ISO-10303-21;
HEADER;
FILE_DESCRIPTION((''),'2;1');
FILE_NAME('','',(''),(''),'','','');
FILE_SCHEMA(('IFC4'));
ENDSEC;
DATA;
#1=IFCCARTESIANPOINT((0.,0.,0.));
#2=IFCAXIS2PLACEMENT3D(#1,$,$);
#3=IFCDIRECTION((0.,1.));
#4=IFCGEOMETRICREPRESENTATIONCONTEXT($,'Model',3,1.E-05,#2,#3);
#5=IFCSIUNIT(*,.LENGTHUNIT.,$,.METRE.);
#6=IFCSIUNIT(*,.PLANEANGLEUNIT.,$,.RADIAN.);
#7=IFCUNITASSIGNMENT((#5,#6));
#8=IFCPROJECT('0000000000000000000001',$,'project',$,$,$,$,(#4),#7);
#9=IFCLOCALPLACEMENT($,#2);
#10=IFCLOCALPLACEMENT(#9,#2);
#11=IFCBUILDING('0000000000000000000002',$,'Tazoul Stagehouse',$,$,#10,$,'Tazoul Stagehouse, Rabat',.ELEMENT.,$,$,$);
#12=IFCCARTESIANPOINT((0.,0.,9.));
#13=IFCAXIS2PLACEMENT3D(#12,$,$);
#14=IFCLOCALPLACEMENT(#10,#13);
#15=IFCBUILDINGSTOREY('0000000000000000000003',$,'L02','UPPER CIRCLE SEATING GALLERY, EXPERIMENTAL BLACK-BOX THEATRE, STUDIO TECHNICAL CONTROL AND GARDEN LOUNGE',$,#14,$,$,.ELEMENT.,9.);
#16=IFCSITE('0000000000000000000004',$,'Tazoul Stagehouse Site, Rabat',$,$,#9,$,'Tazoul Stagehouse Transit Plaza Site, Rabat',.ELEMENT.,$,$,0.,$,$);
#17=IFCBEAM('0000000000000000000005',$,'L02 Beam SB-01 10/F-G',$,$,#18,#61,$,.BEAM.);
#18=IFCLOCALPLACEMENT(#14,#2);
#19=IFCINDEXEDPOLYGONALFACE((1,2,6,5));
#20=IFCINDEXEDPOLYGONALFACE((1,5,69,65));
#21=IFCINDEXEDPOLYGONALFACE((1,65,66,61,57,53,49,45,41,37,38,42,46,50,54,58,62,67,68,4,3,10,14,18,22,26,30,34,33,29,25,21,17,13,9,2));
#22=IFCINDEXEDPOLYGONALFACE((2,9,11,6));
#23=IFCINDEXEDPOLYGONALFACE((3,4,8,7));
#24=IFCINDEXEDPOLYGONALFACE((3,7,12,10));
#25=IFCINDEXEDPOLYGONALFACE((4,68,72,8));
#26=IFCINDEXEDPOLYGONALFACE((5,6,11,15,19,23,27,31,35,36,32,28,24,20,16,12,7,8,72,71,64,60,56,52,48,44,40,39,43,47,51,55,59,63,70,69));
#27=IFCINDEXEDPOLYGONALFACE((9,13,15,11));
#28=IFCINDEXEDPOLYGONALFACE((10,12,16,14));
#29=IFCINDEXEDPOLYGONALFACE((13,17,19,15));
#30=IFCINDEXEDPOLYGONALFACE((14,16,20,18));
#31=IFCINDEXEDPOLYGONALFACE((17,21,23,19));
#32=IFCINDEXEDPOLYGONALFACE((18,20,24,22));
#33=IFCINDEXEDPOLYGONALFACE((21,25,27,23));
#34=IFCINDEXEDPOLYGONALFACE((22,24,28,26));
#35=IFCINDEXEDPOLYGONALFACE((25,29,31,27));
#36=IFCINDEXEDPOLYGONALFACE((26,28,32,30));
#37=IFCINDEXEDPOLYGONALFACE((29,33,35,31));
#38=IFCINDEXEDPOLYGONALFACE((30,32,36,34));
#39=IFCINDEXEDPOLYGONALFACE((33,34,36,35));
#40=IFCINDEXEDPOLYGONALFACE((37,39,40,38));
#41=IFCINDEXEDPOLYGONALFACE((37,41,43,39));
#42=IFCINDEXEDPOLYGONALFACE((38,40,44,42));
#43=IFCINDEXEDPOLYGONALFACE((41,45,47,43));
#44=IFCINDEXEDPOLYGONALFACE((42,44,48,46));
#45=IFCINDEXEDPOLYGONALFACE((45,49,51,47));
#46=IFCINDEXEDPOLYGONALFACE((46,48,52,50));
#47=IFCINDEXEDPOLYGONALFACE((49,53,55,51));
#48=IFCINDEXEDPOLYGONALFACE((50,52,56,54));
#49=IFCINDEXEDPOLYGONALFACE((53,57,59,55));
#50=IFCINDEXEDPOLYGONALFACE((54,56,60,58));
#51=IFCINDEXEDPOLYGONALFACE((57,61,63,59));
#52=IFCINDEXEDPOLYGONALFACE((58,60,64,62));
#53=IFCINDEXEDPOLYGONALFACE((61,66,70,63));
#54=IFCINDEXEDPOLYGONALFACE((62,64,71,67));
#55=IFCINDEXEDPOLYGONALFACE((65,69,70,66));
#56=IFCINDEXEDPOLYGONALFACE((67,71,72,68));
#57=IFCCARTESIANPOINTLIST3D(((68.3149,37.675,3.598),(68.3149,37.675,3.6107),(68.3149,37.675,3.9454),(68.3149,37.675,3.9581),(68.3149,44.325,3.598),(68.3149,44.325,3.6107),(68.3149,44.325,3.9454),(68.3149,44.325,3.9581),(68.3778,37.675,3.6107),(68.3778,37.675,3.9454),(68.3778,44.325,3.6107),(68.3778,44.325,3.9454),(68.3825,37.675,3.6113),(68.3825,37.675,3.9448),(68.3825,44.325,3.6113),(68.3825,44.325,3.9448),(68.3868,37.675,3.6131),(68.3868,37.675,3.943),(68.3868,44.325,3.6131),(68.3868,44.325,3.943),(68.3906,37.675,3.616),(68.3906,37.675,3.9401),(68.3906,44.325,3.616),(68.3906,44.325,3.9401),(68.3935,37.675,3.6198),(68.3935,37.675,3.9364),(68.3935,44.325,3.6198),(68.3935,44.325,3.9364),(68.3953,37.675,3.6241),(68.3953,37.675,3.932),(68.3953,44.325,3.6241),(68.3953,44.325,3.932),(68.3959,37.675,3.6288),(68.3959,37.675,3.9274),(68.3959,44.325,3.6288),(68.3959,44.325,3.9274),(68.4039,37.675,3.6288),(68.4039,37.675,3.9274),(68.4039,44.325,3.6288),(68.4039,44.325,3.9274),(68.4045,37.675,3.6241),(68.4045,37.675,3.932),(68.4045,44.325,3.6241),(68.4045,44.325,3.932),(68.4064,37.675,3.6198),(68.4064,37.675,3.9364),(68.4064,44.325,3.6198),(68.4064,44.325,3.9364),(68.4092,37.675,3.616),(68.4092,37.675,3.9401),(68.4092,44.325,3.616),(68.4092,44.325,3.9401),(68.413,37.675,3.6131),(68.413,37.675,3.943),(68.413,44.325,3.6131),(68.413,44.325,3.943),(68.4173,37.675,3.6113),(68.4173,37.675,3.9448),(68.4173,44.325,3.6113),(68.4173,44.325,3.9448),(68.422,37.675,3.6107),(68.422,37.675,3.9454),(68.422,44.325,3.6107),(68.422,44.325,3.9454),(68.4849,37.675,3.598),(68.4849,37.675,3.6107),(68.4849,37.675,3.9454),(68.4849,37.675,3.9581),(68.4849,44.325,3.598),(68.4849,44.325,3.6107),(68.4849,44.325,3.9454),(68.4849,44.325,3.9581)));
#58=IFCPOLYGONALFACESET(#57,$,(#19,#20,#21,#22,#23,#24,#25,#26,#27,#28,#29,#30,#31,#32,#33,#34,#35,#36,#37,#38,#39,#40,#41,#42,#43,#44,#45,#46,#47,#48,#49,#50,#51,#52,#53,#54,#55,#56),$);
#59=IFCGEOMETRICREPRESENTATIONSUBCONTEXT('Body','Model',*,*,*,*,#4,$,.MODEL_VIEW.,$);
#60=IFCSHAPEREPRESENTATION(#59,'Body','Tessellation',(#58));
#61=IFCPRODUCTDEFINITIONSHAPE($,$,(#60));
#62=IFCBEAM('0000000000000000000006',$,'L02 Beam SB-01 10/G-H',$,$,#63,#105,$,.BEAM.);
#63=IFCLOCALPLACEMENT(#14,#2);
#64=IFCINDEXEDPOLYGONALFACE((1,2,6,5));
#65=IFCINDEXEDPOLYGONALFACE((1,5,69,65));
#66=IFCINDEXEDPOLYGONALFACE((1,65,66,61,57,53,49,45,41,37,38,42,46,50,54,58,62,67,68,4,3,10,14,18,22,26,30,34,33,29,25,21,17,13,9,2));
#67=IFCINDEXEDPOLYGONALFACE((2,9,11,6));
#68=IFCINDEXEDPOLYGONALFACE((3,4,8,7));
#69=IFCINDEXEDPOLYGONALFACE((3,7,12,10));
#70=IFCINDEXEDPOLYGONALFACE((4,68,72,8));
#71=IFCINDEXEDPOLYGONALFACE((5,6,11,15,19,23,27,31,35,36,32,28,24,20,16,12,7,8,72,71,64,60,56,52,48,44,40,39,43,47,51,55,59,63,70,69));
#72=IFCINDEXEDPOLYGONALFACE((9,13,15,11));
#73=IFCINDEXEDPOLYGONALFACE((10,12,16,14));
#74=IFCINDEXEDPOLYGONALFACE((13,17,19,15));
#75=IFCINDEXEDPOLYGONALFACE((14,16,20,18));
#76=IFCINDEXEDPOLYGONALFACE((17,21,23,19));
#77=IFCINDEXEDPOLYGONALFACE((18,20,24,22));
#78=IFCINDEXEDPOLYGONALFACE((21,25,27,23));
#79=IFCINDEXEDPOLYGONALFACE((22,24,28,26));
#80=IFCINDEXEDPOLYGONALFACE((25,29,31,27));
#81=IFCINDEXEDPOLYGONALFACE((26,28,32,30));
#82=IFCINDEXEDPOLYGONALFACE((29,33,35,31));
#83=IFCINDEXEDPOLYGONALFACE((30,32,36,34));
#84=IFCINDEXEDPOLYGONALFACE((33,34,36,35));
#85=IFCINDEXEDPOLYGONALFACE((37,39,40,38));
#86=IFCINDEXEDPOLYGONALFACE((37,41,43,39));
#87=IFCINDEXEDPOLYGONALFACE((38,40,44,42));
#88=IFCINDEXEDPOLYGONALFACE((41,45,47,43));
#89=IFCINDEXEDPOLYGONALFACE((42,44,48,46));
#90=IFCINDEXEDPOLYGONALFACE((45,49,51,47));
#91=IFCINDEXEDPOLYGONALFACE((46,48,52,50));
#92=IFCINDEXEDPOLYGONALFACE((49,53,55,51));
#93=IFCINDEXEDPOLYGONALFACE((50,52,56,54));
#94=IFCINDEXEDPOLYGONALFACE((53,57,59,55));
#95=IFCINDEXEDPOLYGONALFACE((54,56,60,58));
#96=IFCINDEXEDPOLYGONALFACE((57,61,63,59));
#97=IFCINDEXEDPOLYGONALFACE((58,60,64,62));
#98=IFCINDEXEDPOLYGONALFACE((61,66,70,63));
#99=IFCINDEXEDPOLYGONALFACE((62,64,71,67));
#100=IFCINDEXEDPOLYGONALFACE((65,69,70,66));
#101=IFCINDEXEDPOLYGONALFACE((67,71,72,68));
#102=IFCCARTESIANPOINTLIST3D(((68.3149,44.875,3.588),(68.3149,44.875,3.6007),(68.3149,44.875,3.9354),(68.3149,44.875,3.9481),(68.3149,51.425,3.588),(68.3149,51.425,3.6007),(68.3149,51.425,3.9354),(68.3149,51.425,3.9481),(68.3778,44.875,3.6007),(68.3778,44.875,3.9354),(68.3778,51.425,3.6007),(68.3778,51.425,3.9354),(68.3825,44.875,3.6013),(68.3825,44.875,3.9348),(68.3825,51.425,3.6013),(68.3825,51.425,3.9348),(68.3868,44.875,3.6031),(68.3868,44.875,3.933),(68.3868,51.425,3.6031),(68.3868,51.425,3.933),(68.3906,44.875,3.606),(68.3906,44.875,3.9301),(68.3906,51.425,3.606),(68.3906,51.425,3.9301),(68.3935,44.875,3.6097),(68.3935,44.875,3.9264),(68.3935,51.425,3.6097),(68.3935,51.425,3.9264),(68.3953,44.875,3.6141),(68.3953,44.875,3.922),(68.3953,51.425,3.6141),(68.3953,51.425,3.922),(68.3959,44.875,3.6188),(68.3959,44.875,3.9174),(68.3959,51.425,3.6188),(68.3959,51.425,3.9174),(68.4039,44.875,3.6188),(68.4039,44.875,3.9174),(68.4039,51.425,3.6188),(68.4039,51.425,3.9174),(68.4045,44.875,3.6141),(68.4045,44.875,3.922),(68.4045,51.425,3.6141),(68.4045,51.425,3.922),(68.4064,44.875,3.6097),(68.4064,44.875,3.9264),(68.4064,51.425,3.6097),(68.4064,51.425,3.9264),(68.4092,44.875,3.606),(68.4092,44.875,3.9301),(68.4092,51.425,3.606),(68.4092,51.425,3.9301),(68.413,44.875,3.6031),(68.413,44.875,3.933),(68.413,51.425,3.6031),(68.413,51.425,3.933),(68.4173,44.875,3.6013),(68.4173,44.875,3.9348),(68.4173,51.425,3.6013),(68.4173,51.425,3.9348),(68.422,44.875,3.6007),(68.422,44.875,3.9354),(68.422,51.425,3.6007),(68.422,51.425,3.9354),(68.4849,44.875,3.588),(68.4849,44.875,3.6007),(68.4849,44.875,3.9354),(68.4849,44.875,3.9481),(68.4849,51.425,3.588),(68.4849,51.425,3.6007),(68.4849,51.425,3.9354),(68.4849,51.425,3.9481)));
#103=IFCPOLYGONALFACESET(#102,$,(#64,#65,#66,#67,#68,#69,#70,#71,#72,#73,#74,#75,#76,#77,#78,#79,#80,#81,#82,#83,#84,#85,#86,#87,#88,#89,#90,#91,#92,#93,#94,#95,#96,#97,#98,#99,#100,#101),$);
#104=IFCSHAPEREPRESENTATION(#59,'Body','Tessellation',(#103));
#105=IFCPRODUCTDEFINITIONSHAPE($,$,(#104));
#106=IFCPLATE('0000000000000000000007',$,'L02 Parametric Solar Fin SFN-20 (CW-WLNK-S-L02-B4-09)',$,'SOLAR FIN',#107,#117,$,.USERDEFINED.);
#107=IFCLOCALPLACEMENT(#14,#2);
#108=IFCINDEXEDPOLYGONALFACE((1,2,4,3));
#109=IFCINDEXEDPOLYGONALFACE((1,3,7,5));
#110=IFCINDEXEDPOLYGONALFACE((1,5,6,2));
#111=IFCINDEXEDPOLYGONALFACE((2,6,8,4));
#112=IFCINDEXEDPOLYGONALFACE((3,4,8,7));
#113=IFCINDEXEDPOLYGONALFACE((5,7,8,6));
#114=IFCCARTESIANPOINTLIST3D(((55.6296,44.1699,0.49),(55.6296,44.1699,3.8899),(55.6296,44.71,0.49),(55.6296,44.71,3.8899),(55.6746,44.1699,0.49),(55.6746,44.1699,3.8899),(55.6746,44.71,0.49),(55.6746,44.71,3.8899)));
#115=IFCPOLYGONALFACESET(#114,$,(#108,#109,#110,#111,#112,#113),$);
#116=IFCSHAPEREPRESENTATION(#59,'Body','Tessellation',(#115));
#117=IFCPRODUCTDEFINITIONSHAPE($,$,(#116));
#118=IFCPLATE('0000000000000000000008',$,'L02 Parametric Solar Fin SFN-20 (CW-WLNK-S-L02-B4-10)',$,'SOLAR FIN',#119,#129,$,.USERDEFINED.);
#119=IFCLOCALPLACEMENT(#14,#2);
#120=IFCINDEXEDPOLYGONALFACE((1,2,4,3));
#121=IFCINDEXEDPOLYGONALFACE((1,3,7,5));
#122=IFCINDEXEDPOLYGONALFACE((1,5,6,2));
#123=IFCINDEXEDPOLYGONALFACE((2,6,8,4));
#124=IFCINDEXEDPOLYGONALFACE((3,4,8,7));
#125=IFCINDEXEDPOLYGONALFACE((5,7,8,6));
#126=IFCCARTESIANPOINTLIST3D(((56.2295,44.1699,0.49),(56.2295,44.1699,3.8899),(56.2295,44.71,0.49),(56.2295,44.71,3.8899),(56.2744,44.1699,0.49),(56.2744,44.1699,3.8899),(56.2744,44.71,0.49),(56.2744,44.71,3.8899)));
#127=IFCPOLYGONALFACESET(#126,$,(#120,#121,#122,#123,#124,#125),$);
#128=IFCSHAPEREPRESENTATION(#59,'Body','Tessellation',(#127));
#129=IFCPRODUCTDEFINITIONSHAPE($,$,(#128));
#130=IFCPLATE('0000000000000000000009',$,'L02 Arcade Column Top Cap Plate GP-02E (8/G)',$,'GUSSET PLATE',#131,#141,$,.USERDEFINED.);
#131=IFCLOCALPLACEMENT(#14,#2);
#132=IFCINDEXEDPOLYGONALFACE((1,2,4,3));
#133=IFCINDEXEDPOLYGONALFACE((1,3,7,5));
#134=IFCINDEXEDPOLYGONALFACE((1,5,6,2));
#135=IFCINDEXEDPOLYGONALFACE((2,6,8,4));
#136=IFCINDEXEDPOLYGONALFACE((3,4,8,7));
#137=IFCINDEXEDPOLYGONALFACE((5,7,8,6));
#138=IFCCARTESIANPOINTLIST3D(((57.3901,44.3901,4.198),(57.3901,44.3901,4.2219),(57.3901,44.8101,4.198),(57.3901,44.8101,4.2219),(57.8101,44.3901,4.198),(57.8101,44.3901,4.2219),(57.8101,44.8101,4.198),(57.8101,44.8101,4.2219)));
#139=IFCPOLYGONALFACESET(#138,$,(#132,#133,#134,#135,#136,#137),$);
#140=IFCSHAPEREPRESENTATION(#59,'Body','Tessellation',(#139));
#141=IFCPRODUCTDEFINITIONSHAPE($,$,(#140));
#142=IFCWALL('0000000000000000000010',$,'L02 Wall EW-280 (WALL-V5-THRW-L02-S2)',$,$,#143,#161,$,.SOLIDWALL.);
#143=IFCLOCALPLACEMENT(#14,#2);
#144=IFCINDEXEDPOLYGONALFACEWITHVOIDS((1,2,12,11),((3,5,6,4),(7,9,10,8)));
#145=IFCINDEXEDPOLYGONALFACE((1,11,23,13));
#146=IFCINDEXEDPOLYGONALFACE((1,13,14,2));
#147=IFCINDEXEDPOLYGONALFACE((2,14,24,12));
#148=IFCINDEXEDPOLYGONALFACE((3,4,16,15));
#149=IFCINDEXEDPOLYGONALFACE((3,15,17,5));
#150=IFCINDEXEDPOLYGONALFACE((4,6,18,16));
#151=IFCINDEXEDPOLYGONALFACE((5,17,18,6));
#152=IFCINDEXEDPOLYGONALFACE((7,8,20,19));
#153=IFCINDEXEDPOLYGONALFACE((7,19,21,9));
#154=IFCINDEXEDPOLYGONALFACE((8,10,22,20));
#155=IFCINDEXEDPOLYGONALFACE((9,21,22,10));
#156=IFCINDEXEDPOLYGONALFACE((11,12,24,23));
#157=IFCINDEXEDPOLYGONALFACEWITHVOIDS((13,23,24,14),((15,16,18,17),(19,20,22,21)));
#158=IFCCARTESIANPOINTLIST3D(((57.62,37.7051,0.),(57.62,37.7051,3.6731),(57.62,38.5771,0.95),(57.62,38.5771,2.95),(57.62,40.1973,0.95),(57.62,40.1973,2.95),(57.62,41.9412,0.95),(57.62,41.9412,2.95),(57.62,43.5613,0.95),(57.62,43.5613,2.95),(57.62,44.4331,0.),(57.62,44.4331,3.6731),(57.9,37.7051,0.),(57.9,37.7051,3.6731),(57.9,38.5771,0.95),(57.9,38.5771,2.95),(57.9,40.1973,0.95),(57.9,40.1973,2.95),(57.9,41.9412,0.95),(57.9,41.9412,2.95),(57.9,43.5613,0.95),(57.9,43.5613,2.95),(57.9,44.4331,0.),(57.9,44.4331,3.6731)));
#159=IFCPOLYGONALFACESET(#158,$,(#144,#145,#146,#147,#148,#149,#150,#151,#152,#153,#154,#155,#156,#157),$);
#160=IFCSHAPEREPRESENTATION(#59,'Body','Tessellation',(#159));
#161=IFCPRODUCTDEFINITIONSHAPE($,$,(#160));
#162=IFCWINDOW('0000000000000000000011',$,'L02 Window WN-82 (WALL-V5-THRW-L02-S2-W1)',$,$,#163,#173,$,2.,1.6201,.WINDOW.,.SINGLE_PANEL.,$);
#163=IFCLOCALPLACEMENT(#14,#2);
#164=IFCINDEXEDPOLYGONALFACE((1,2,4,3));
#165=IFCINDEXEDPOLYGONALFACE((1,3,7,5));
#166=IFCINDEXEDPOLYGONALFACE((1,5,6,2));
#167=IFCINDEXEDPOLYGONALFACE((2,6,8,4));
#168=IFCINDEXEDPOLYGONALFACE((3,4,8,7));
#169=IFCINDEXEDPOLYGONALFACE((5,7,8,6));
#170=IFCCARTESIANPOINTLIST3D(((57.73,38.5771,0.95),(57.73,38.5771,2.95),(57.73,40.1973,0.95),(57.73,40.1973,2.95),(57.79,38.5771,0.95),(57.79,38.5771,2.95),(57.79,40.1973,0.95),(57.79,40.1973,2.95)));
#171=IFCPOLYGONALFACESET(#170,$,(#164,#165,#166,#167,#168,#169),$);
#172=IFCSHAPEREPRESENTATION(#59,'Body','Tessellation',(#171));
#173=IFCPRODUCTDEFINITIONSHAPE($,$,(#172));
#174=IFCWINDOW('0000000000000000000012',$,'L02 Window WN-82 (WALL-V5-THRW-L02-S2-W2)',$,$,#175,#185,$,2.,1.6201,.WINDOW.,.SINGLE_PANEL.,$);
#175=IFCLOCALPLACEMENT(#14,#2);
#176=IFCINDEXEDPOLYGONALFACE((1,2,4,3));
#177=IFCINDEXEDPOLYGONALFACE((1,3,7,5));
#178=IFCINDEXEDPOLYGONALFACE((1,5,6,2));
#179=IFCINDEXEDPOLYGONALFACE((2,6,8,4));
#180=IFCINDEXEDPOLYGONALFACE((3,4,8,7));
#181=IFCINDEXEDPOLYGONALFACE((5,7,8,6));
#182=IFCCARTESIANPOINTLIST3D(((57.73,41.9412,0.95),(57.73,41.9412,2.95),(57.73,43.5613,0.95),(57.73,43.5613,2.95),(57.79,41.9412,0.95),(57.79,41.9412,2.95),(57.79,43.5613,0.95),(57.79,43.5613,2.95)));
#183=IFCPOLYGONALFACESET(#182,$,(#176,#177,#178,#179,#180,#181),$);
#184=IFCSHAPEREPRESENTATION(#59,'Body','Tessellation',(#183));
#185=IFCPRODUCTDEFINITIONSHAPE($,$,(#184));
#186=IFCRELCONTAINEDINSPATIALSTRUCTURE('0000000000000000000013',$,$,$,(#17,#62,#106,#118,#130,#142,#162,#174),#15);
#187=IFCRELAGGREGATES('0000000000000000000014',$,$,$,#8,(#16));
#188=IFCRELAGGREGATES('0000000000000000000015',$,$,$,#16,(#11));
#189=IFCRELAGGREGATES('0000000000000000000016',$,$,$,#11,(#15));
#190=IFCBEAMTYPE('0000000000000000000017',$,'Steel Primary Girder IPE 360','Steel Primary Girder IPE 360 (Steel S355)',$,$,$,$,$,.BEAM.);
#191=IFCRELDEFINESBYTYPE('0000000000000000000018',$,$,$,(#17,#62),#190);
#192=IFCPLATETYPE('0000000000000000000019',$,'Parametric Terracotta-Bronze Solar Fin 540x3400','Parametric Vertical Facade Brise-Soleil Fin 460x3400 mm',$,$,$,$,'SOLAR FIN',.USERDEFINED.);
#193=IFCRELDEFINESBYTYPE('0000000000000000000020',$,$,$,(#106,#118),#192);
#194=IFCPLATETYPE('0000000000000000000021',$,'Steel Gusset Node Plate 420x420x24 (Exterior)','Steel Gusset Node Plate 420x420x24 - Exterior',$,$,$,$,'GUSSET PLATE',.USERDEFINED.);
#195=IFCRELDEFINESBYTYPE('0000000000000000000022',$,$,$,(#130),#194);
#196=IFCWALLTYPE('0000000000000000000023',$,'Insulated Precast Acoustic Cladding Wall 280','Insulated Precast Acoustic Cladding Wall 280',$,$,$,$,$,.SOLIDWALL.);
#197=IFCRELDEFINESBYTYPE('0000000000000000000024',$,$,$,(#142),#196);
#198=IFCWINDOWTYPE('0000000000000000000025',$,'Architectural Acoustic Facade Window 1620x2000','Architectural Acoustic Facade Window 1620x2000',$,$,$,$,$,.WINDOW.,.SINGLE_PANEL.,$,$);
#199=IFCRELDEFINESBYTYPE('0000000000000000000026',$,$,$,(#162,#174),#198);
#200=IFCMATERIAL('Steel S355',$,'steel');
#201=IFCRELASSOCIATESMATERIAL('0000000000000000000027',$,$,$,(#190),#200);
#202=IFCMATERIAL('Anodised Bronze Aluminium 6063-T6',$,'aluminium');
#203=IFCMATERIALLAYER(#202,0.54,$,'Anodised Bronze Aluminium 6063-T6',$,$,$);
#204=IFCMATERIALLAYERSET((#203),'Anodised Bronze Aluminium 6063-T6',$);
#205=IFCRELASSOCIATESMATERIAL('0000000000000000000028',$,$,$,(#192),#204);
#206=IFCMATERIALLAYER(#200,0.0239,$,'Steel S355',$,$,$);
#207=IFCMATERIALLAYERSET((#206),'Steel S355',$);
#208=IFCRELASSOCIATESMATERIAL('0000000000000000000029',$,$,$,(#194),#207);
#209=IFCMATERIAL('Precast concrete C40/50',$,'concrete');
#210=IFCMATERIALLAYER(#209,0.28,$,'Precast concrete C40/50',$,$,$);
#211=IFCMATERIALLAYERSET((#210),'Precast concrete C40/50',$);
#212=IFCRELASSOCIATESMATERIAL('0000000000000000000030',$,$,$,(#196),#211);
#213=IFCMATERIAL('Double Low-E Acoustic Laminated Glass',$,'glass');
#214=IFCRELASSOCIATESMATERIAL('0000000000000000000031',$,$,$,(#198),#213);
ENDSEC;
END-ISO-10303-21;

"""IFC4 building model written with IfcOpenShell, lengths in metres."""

from ifc_helpers import new_model, si_unit, direction, frame, frame_2d, origin, origin_2d, place, context, subcontext, project, spatial, rectangle, i_section, extrude, material, layer, layer_set, material_profile, profile_set, type_object, element, fill, save


model = new_model("IFC4")

# Units and contexts
model_context = context("Model", 3, precision=1e-05, world=origin(), true_north=direction((0.0, 1.0)))
body_context = subcontext(model_context, "Body", "Model", "MODEL_VIEW")
ifc_project = project(units=[si_unit("LENGTHUNIT", "METRE"), si_unit("PLANEANGLEUNIT", "RADIAN")], contexts=[model_context])

# Site, building, storey
site_placement = place(None, origin())
site = spatial("IfcSite", under=ifc_project, at=site_placement, Name="Tazoul Stagehouse Site, Rabat", LongName="Tazoul Stagehouse Transit Plaza Site, Rabat", CompositionType="ELEMENT", RefElevation=0.0)
building_placement = place(site_placement, origin())
building = spatial("IfcBuilding", under=site, at=building_placement, Name="Tazoul Stagehouse", LongName="Tazoul Stagehouse, Rabat", CompositionType="ELEMENT")
storey_placement = place(building_placement, frame((0.0, 0.0, 9.0)))
storey = spatial("IfcBuildingStorey", under=building, at=storey_placement, Name="L02", Description="UPPER CIRCLE SEATING GALLERY, EXPERIMENTAL BLACK-BOX THEATRE, STUDIO TECHNICAL CONTROL AND GARDEN LOUNGE", CompositionType="ELEMENT", Elevation=9.0)

# Shared definitions
ifc_material_1 = material(Name="Steel S355", Category="steel")

# Beams
ifc_material_profile_1 = material_profile(ifc_material_1, i_section(OverallWidth=0.1699, OverallDepth=0.3601, WebThickness=0.0081, FlangeThickness=0.0127, FilletRadius=0.0181, at=origin_2d()), Name="IPE 360")
ifc_profile_set_1 = profile_set([ifc_material_profile_1], Name="Steel S355")
beam_type_1 = type_object("IfcBeamType", Name="Steel Primary Girder IPE 360", Description="Steel Primary Girder IPE 360 (Steel S355)", PredefinedType="BEAM", material=ifc_profile_set_1)
beam_1_placement = place(storey_placement, frame((68.3999, 37.675, 3.7781), z_axis=(0.0, 1.0, 0.0), x_axis=(-1.0, 0.0, 0.0)))
element("IfcBeam", 1, at=beam_1_placement, inside=storey, type_object=beam_type_1, Name="L02 Beam SB-01 10/F-G", PredefinedType="BEAM", context=body_context, shape_type="SweptSolid", body=[
    extrude(i_section(OverallWidth=0.1699, OverallDepth=0.3601, WebThickness=0.0081, FlangeThickness=0.0127, FilletRadius=0.0181, at=origin_2d()), origin(), (0.0, 0.0, 1.0), 6.6499),
])
beam_2_placement = place(storey_placement, frame((68.3999, 44.875, 3.7681), z_axis=(0.0, 1.0, 0.0), x_axis=(-1.0, 0.0, 0.0)))
element("IfcBeam", 2, at=beam_2_placement, inside=storey, type_object=beam_type_1, Name="L02 Beam SB-01 10/G-H", PredefinedType="BEAM", context=body_context, shape_type="SweptSolid", body=[
    extrude(i_section(OverallWidth=0.1699, OverallDepth=0.3601, WebThickness=0.0081, FlangeThickness=0.0127, FilletRadius=0.0181, at=origin_2d()), origin(), (0.0, 0.0, 1.0), 6.55),
])

# Plates
ifc_material_2 = material(Name="Anodised Bronze Aluminium 6063-T6", Category="aluminium")
ifc_layer_1 = layer(ifc_material_2, 0.54, Name="Anodised Bronze Aluminium 6063-T6")
ifc_layer_set_1 = layer_set([ifc_layer_1], Name="Anodised Bronze Aluminium 6063-T6")
plate_type_1 = type_object("IfcPlateType", Name="Parametric Terracotta-Bronze Solar Fin 540x3400", Description="Parametric Vertical Facade Brise-Soleil Fin 460x3400 mm", ElementType="SOLAR FIN", PredefinedType="USERDEFINED", material=ifc_layer_set_1)
for number, where, z_axis, x_axis, name in (
    (3, (55.6521, 44.4399, 0.49), (0.0, 0.0, 1.0), (1.0, 0.0, 0.0), "L02 Parametric Solar Fin SFN-20 (CW-WLNK-S-L02-B4-09)"),
    (4, (56.252, 44.4399, 0.49), (0.0, 0.0, 1.0), (1.0, 0.0, 0.0), "L02 Parametric Solar Fin SFN-20 (CW-WLNK-S-L02-B4-10)"),
):
    element("IfcPlate", number, at=place(storey_placement, frame(where, z_axis=z_axis, x_axis=x_axis)), inside=storey, type_object=plate_type_1, Name=name, ObjectType="SOLAR FIN", PredefinedType="USERDEFINED", context=body_context, shape_type="SweptSolid", body=[
        extrude(rectangle(XDim=0.0449, YDim=0.54, at=origin_2d()), origin(), (0.0, 0.0, 1.0), 3.3999),
    ])
ifc_layer_2 = layer(ifc_material_1, 0.0239, Name="Steel S355")
ifc_layer_set_2 = layer_set([ifc_layer_2], Name="Steel S355")
plate_type_2 = type_object("IfcPlateType", Name="Steel Gusset Node Plate 420x420x24 (Exterior)", Description="Steel Gusset Node Plate 420x420x24 - Exterior", ElementType="GUSSET PLATE", PredefinedType="USERDEFINED", material=ifc_layer_set_2)
plate_placement = place(storey_placement, frame((57.6001, 44.6001, 4.198), z_axis=(0.0, 0.0, 1.0), x_axis=(1.0, 0.0, 0.0)))
element("IfcPlate", 5, at=plate_placement, inside=storey, type_object=plate_type_2, Name="L02 Arcade Column Top Cap Plate GP-02E (8/G)", ObjectType="GUSSET PLATE", PredefinedType="USERDEFINED", context=body_context, shape_type="SweptSolid", body=[
    extrude(rectangle(XDim=0.4199, YDim=0.4199, at=origin_2d()), origin(), (0.0, 0.0, 1.0), 0.0239),
])

# Wall, openings, windows
ifc_material_3 = material(Name="Precast concrete C40/50", Category="concrete")
ifc_layer_3 = layer(ifc_material_3, 0.28, Name="Precast concrete C40/50")
ifc_layer_set_3 = layer_set([ifc_layer_3], Name="Precast concrete C40/50")
wall_type_1 = type_object("IfcWallType", Name="Insulated Precast Acoustic Cladding Wall 280", Description="Insulated Precast Acoustic Cladding Wall 280", PredefinedType="SOLIDWALL", material=ifc_layer_set_3)
wall_1_placement = place(storey_placement, frame((57.76, 37.7051, 0.0), z_axis=(0.0, 0.0, 1.0), x_axis=(0.0, 1.0, 0.0)))
wall_1 = element("IfcWall", 6, at=wall_1_placement, inside=storey, type_object=wall_type_1, Name="L02 Wall EW-280 (WALL-V5-THRW-L02-S2)", PredefinedType="SOLIDWALL", context=body_context, shape_type="SweptSolid", body=[
    extrude(rectangle(XDim=6.728, YDim=0.28, at=frame_2d((3.364, 0.0))), origin(), (0.0, 0.0, 1.0), 3.6731),
])
opening_1_placement = place(wall_1_placement, frame((0.8721, 0.0, 0.95)))
opening_1 = element("IfcOpeningElement", 7, at=opening_1_placement, cuts=wall_1, PredefinedType="OPENING", context=body_context, shape_type="SweptSolid", body=[
    extrude(rectangle(XDim=1.6201, YDim=2.0, at=frame_2d((0.8101, 1.0))), frame((0.0, 0.1599, 0.0), z_axis=(0.0, -1.0, 0.0), x_axis=(1.0, 0.0, 0.0)), (0.0, 0.0, 1.0), 0.3201),
])
opening_2_placement = place(wall_1_placement, frame((4.2361, 0.0, 0.95)))
opening_2 = element("IfcOpeningElement", 8, at=opening_2_placement, cuts=wall_1, PredefinedType="OPENING", context=body_context, shape_type="SweptSolid", body=[
    extrude(rectangle(XDim=1.6201, YDim=2.0, at=frame_2d((0.8101, 1.0))), frame((0.0, 0.1599, 0.0), z_axis=(0.0, -1.0, 0.0), x_axis=(1.0, 0.0, 0.0)), (0.0, 0.0, 1.0), 0.3201),
])
ifc_material_4 = material(Name="Double Low-E Acoustic Laminated Glass", Category="glass")
window_type = type_object("IfcWindowType", Name="Architectural Acoustic Facade Window 1620x2000", Description="Architectural Acoustic Facade Window 1620x2000", PartitioningType="SINGLE_PANEL", PredefinedType="WINDOW", material=ifc_material_4)
window_1_placement = place(opening_1_placement, origin())
window_1 = element("IfcWindow", 9, at=window_1_placement, inside=storey, type_object=window_type, Name="L02 Window WN-82 (WALL-V5-THRW-L02-S2-W1)", OverallHeight=2.0, OverallWidth=1.6201, PartitioningType="SINGLE_PANEL", PredefinedType="WINDOW", context=body_context, shape_type="SweptSolid", body=[
    extrude(rectangle(XDim=1.6201, YDim=2.0, at=frame_2d((0.8101, 1.0))), frame((0.0, 0.03, 0.0), z_axis=(0.0, -1.0, 0.0), x_axis=(1.0, 0.0, 0.0)), (0.0, 0.0, 1.0), 0.0601),
])
fill(opening_1, window_1)
window_2_placement = place(opening_2_placement, origin())
window_2 = element("IfcWindow", 10, at=window_2_placement, inside=storey, type_object=window_type, Name="L02 Window WN-82 (WALL-V5-THRW-L02-S2-W2)", OverallHeight=2.0, OverallWidth=1.6201, PartitioningType="SINGLE_PANEL", PredefinedType="WINDOW", context=body_context, shape_type="SweptSolid", body=[
    extrude(rectangle(XDim=1.6201, YDim=2.0, at=frame_2d((0.8101, 1.0))), frame((0.0, 0.03, 0.0), z_axis=(0.0, -1.0, 0.0), x_axis=(1.0, 0.0, 0.0)), (0.0, 0.0, 1.0), 0.0601),
])
fill(opening_2, window_2)

save(model, "model.ifc")
